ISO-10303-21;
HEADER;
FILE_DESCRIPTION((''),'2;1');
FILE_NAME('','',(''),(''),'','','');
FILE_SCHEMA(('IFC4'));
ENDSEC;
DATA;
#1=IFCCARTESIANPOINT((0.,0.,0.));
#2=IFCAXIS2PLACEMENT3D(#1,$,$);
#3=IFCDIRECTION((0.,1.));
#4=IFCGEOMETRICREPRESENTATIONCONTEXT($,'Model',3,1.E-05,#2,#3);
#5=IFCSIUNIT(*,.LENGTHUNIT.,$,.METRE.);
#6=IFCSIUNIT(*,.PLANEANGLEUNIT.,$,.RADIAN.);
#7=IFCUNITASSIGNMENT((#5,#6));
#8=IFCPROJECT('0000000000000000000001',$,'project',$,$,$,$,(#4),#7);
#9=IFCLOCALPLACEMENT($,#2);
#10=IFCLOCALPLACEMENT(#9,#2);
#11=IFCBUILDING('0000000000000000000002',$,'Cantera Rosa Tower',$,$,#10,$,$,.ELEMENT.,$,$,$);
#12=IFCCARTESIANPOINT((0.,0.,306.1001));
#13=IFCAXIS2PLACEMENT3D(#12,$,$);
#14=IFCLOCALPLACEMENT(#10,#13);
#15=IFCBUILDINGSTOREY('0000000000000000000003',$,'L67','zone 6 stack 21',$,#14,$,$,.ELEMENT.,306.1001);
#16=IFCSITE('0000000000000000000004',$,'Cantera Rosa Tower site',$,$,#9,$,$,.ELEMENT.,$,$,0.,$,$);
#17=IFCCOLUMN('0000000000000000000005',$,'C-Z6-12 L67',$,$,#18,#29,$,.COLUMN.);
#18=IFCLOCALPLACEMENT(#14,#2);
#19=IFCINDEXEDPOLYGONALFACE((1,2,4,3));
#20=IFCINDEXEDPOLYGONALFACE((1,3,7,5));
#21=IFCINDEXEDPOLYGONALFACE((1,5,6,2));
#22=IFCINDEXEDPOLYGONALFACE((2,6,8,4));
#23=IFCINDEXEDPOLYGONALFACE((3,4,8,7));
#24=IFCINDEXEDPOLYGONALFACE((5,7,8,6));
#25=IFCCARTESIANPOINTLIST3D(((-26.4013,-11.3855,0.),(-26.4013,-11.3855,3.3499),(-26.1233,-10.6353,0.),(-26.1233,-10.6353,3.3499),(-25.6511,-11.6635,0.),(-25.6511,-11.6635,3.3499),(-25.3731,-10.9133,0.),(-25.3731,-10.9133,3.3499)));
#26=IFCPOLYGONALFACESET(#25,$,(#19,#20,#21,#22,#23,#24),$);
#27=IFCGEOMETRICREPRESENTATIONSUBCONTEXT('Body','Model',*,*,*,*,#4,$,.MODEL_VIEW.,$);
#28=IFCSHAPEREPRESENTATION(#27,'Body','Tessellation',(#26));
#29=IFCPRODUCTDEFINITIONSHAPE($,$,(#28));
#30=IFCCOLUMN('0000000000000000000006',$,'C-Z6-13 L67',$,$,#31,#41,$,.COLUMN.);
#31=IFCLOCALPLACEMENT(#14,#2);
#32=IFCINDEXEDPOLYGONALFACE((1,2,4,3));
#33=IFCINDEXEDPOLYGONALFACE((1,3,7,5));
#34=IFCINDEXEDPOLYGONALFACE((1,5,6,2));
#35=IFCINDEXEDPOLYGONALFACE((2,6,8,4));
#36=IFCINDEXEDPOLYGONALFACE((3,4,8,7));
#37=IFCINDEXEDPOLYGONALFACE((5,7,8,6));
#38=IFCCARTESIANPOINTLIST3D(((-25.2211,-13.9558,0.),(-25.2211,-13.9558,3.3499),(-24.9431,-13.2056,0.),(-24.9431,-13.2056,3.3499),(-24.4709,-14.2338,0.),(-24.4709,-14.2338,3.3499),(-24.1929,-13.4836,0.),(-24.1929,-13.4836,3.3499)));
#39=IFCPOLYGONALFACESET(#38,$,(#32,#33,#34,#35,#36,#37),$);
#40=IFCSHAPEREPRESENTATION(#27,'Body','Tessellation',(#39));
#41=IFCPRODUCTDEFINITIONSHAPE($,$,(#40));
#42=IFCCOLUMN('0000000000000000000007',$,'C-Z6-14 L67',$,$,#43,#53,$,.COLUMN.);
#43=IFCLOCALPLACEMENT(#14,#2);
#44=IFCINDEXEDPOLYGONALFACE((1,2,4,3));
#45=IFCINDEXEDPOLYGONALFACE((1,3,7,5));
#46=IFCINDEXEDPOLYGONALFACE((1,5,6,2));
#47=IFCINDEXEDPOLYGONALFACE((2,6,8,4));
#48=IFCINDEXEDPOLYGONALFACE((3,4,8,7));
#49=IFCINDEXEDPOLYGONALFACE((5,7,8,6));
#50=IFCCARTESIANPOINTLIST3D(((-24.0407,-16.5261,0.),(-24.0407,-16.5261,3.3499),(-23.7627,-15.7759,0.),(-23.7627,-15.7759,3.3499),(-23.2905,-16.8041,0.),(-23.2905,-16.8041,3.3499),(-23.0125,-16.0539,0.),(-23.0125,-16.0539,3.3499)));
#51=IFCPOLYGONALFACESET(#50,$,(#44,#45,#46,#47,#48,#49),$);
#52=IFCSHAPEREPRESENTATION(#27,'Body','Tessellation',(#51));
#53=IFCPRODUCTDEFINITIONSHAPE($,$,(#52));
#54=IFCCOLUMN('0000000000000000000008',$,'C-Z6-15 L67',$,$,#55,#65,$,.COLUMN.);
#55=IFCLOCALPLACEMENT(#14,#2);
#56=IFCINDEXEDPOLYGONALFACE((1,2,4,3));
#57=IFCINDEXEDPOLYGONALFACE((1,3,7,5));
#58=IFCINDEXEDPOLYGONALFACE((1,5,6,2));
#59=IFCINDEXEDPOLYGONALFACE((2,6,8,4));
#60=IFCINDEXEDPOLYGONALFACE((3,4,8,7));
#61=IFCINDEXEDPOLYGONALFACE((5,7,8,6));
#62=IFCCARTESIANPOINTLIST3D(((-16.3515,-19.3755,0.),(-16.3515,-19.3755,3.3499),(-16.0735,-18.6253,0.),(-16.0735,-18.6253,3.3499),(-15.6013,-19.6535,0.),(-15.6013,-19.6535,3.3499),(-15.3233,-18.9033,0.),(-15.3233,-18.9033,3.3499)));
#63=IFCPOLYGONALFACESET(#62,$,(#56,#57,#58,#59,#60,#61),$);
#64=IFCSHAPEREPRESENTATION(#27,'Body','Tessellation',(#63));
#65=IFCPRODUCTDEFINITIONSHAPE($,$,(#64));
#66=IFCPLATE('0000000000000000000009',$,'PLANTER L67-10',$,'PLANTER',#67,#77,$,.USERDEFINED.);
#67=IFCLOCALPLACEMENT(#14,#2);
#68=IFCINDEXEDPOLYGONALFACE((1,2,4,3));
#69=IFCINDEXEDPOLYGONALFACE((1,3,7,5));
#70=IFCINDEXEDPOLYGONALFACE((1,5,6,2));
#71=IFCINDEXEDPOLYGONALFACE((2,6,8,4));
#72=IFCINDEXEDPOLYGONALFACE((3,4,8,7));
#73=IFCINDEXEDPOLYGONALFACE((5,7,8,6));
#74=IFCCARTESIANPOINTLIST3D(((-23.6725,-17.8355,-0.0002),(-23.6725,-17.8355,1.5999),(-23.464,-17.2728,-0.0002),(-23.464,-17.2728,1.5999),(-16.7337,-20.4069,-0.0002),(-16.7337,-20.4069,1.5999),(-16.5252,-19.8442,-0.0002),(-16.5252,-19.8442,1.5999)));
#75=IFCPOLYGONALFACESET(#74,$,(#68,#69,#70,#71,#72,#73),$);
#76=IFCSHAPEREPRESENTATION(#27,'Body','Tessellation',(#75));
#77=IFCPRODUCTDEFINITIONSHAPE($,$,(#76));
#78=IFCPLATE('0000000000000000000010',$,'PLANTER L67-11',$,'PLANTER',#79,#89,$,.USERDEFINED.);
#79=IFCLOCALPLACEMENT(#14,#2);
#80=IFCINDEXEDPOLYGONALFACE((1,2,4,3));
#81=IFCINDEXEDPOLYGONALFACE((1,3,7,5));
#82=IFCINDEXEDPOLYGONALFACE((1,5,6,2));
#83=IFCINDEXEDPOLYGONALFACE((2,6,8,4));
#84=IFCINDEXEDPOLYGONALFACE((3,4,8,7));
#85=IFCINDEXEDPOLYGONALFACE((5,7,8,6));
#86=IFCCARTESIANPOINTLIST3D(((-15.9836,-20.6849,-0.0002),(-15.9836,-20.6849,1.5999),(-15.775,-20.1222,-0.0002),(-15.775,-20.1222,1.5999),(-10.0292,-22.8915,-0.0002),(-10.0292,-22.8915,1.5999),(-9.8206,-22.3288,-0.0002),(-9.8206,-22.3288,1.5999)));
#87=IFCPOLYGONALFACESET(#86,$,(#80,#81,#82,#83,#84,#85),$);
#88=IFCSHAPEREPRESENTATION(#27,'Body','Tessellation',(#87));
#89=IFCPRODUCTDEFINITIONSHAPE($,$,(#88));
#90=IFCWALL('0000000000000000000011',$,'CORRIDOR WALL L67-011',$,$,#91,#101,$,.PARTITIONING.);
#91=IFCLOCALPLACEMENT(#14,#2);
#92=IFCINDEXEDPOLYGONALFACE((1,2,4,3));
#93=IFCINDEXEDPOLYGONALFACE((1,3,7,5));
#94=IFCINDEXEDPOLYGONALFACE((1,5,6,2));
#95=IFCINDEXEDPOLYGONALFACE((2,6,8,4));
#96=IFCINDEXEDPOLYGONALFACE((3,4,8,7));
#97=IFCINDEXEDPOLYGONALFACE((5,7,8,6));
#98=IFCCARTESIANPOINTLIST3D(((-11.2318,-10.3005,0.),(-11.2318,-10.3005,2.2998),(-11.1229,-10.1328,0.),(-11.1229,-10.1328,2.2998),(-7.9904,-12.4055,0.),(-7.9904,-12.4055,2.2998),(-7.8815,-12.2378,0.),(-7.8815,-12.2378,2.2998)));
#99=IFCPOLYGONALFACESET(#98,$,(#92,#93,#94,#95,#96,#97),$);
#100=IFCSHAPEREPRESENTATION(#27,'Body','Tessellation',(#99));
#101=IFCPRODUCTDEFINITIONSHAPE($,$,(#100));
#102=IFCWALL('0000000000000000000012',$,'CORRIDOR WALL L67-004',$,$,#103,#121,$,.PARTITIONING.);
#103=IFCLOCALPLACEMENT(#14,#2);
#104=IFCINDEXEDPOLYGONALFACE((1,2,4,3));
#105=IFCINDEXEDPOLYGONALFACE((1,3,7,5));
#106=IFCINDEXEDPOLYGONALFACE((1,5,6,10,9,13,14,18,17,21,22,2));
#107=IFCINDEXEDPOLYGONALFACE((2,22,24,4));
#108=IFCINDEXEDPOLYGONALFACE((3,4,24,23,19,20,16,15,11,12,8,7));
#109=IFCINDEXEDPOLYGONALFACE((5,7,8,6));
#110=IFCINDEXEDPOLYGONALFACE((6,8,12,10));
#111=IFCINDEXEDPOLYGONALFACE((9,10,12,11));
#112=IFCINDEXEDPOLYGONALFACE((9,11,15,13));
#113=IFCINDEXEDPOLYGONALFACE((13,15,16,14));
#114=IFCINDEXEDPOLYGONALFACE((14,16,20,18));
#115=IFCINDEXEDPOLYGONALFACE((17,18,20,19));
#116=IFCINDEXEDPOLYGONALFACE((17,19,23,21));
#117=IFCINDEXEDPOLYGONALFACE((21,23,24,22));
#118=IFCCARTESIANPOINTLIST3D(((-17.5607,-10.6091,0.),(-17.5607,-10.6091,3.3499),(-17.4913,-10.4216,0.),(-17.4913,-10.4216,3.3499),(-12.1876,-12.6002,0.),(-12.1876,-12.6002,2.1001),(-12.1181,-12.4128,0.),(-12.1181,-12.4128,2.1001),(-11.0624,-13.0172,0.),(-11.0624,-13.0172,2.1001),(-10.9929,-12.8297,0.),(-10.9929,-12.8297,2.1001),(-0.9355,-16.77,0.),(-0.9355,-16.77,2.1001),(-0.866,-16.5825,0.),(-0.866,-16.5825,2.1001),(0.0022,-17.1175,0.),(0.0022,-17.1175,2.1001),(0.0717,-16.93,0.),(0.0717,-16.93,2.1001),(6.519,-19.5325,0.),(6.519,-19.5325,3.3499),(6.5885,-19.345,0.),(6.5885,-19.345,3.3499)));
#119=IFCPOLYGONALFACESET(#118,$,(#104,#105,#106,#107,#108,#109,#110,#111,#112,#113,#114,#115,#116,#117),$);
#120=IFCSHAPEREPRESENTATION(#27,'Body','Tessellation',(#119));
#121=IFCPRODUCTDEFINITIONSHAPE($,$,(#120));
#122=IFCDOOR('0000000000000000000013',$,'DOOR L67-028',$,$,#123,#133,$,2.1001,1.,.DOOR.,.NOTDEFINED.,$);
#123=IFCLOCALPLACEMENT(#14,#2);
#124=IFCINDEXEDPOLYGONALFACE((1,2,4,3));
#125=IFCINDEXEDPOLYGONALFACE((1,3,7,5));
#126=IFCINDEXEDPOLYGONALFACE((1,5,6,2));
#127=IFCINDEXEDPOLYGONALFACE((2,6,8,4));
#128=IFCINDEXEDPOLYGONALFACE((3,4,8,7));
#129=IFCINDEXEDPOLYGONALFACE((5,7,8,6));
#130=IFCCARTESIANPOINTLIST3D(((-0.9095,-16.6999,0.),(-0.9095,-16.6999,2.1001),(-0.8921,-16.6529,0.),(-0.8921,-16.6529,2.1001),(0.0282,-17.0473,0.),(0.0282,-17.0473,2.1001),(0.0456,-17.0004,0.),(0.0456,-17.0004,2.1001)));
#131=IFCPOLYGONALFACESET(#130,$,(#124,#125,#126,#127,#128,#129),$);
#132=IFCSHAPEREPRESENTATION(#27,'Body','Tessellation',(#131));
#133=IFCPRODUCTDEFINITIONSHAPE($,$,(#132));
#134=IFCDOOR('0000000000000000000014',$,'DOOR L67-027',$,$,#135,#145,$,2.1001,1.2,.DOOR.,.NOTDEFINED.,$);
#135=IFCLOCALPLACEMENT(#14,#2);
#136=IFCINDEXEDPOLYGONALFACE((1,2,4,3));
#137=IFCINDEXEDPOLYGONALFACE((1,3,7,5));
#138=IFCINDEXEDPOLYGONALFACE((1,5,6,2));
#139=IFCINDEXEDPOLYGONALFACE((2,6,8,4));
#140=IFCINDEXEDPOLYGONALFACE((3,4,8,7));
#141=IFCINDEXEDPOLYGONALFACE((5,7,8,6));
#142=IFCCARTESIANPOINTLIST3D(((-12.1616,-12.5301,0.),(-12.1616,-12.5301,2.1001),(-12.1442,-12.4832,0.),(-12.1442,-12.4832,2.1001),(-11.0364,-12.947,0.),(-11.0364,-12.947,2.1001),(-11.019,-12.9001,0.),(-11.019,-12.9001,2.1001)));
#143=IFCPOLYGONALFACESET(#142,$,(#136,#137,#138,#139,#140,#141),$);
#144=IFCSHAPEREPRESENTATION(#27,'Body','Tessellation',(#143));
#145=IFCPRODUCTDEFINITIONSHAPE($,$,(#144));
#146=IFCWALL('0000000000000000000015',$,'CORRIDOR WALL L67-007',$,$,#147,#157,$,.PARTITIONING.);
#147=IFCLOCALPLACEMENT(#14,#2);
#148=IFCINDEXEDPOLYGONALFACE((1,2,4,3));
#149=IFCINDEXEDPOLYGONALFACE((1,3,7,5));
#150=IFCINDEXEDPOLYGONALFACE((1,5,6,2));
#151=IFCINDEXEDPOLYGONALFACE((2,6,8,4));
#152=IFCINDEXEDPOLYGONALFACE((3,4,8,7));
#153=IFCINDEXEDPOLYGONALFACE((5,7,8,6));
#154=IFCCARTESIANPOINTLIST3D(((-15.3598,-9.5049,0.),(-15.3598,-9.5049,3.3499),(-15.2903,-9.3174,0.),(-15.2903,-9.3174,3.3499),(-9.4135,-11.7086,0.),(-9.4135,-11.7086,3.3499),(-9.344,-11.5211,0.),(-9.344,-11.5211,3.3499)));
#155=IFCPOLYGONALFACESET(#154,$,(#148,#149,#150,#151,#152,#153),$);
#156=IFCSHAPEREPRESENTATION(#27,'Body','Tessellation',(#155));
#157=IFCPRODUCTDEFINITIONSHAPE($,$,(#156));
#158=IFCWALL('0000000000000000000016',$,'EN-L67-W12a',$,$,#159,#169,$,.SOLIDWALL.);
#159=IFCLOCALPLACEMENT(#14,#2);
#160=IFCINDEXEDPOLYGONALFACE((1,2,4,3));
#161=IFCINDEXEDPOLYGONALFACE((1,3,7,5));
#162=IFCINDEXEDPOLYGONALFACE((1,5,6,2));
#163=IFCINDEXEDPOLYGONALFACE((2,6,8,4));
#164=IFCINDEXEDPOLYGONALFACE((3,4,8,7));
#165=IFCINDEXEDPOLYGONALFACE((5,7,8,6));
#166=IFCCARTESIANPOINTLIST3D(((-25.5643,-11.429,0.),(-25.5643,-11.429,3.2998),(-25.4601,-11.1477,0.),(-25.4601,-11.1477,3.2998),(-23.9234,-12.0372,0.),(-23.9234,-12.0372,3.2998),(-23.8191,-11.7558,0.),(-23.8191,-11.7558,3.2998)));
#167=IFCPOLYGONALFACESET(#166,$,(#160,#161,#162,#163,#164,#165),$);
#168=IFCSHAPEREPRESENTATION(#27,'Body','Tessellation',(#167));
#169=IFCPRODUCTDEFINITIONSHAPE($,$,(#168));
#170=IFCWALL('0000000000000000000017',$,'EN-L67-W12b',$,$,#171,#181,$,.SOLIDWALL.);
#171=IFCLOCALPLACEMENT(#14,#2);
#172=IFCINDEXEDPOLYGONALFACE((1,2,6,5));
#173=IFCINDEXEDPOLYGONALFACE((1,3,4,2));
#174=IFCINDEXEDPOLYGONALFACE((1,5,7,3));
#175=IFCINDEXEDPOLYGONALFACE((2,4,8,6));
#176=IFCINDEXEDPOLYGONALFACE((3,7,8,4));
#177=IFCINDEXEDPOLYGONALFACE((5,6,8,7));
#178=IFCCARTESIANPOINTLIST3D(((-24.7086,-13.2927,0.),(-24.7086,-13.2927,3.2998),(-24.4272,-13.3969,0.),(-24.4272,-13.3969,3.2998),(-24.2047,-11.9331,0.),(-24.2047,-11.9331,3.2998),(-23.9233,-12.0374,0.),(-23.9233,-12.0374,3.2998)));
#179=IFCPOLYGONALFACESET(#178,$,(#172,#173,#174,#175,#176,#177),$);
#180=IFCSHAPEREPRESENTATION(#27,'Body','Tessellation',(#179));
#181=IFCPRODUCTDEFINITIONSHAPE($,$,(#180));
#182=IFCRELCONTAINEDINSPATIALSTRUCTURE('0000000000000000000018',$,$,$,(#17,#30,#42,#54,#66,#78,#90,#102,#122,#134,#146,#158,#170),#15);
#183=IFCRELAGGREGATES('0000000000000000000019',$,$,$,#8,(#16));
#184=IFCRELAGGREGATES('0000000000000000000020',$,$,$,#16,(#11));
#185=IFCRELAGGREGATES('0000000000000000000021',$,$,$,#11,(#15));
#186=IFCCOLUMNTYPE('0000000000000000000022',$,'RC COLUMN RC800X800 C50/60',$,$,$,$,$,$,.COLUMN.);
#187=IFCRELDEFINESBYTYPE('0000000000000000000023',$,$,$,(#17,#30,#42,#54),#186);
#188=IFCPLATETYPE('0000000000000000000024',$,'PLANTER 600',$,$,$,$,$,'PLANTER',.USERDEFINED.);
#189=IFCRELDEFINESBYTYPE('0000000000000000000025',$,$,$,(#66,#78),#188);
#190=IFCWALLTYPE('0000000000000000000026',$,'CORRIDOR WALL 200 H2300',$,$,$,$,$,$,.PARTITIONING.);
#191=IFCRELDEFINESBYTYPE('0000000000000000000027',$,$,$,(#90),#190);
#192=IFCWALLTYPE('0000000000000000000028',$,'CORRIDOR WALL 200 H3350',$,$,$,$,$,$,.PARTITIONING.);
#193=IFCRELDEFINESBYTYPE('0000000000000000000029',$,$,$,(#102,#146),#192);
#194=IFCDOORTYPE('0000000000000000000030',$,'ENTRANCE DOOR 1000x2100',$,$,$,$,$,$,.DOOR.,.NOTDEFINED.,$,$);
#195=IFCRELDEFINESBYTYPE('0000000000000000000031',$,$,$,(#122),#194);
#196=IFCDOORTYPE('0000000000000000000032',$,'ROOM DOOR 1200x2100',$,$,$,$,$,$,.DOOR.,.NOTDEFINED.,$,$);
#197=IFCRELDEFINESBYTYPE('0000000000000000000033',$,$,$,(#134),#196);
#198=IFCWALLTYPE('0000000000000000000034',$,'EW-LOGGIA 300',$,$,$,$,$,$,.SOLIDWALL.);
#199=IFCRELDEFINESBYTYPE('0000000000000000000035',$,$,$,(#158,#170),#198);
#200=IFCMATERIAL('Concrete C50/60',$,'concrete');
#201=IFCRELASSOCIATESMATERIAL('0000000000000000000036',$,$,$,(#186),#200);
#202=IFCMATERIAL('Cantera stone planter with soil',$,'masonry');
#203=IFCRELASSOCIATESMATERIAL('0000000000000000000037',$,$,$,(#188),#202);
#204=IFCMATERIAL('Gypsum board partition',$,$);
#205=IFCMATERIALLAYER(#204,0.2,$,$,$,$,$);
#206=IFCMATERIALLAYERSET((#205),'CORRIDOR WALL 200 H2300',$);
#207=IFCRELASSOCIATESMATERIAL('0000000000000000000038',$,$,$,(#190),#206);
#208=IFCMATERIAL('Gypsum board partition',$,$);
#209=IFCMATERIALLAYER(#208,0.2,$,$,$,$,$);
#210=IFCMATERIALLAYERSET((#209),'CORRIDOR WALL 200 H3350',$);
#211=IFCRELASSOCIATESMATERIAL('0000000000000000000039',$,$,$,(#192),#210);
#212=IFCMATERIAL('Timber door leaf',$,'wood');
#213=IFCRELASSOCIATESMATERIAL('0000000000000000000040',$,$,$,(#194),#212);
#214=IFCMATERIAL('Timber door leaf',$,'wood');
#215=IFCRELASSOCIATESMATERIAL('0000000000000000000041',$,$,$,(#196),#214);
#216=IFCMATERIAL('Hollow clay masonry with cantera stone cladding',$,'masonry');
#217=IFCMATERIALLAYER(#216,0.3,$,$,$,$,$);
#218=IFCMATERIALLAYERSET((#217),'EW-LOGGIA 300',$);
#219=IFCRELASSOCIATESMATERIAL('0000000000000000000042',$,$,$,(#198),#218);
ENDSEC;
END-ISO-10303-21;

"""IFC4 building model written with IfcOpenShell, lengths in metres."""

from ifc_helpers import new_model, si_unit, direction, frame, frame_2d, origin, origin_2d, place, context, subcontext, project, spatial, rectangle, extrude, material, layer, layer_set, material_profile, profile_set, type_object, element, fill, save


model = new_model("IFC4")

# Units and contexts
model_context = context("Model", 3, precision=1e-05, world=origin(), true_north=direction((0.0, 1.0)))
body_context = subcontext(model_context, "Body", "Model", "MODEL_VIEW")
ifc_project = project(units=[si_unit("LENGTHUNIT", "METRE"), si_unit("PLANEANGLEUNIT", "RADIAN")], contexts=[model_context])

# Site, building, storey
site_placement = place(None, origin())
site = spatial("IfcSite", under=ifc_project, at=site_placement, Name="Cantera Rosa Tower site", CompositionType="ELEMENT", RefElevation=0.0)
building_placement = place(site_placement, origin())
building = spatial("IfcBuilding", under=site, at=building_placement, Name="Cantera Rosa Tower", CompositionType="ELEMENT")
storey_placement = place(building_placement, frame((0.0, 0.0, 306.1001)))
storey = spatial("IfcBuildingStorey", under=building, at=storey_placement, Name="L67", Description="zone 6 stack 21", CompositionType="ELEMENT", Elevation=306.1001)

# Columns
ifc_material_1 = material(Name="Concrete C50/60", Category="concrete")
ifc_material_profile = material_profile(ifc_material_1, rectangle(XDim=0.8, YDim=0.8, at=origin_2d()), Name="RC COLUMN RC800X800 C50/60")
ifc_profile_set = profile_set([ifc_material_profile], Name="Concrete C50/60")
column_type = type_object("IfcColumnType", Name="RC COLUMN RC800X800 C50/60", PredefinedType="COLUMN", material=ifc_profile_set)
for number, where, z_axis, x_axis, name in (
    (1, (-25.8872, -11.1494, 0.0), (0.0, 0.0, 1.0), (0.347481, 0.937687, 0.0), "C-Z6-12 L67"),
    (2, (-24.707, -13.7197, 0.0), (0.0, 0.0, 1.0), (0.347481, 0.937687, 0.0), "C-Z6-13 L67"),
    (3, (-23.5266, -16.29, 0.0), (0.0, 0.0, 1.0), (0.347481, 0.937687, 0.0), "C-Z6-14 L67"),
    (4, (-15.8374, -19.1394, 0.0), (0.0, 0.0, 1.0), (0.347481, 0.937687, 0.0), "C-Z6-15 L67"),
):
    element("IfcColumn", number, at=place(storey_placement, frame(where, z_axis=z_axis, x_axis=x_axis)), inside=storey, type_object=column_type, Name=name, PredefinedType="COLUMN", context=body_context, shape_type="SweptSolid", body=[
        extrude(rectangle(XDim=0.8, YDim=0.8, at=origin_2d()), origin(), (0.0, 0.0, 1.0), 3.3499),
    ])

# Plates
ifc_material_2 = material(Name="Cantera stone planter with soil", Category="masonry")
plate_type = type_object("IfcPlateType", Name="PLANTER 600", ElementType="PLANTER", PredefinedType="USERDEFINED", material=ifc_material_2)
plate_1_placement = place(storey_placement, frame((-20.0989, -18.8398, -0.0002), z_axis=(0.0, 0.0, 1.0), x_axis=(0.937687, -0.347481, 0.0)))
element("IfcPlate", 5, at=plate_1_placement, inside=storey, type_object=plate_type, Name="PLANTER L67-10", ObjectType="PLANTER", PredefinedType="USERDEFINED", context=body_context, shape_type="SweptSolid", body=[
    extrude(rectangle(XDim=7.3999, YDim=0.6001, at=origin_2d()), origin(), (0.0, 0.0, 1.0), 1.6001),
])
plate_2_placement = place(storey_placement, frame((-12.9021, -21.5068, -0.0002), z_axis=(0.0, 0.0, 1.0), x_axis=(0.937687, -0.347481, 0.0)))
element("IfcPlate", 6, at=plate_2_placement, inside=storey, type_object=plate_type, Name="PLANTER L67-11", ObjectType="PLANTER", PredefinedType="USERDEFINED", context=body_context, shape_type="SweptSolid", body=[
    extrude(rectangle(XDim=6.3501, YDim=0.6001, at=origin_2d()), origin(), (0.0, 0.0, 1.0), 1.6001),
])

# Wall
ifc_material_3 = material(Name="Gypsum board partition")
ifc_layer_1 = layer(ifc_material_3, 0.2)
ifc_layer_set_1 = layer_set([ifc_layer_1], Name="CORRIDOR WALL 200 H2300")
wall_type_1 = type_object("IfcWallType", Name="CORRIDOR WALL 200 H2300", PredefinedType="PARTITIONING", material=ifc_layer_set_1)
wall_1_placement = place(storey_placement, frame((-11.1775, -10.2166, 0.0), z_axis=(0.0, 0.0, 1.0), x_axis=(0.838676, -0.544631, 0.0)))
element("IfcWall", 7, at=wall_1_placement, inside=storey, type_object=wall_type_1, Name="CORRIDOR WALL L67-011", PredefinedType="PARTITIONING", context=body_context, shape_type="SweptSolid", body=[
    extrude(rectangle(XDim=3.865, YDim=0.2, at=frame_2d((1.9326, 0.0))), origin(), (0.0, 0.0, 1.0), 2.2998),
])

# Wall, openings, doors
ifc_material_4 = material(Name="Gypsum board partition")
ifc_layer_2 = layer(ifc_material_4, 0.2)
ifc_layer_set_2 = layer_set([ifc_layer_2], Name="CORRIDOR WALL 200 H3350")
wall_type_2 = type_object("IfcWallType", Name="CORRIDOR WALL 200 H3350", PredefinedType="PARTITIONING", material=ifc_layer_set_2)
wall_2_placement = place(storey_placement, frame((-17.5259, -10.5154, 0.0), z_axis=(0.0, 0.0, 1.0), x_axis=(0.937686, -0.347485, 0.0)))
wall_2 = element("IfcWall", 8, at=wall_2_placement, inside=storey, type_object=wall_type_2, Name="CORRIDOR WALL L67-004", PredefinedType="PARTITIONING", context=body_context, shape_type="SweptSolid", body=[
    extrude(rectangle(XDim=25.6799, YDim=0.2, at=frame_2d((12.8398, 0.0))), origin(), (0.0, 0.0, 1.0), 3.3499),
])
opening_1_placement = place(wall_2_placement, frame((5.73, 0.0, 0.0)))
opening_1 = element("IfcOpeningElement", 9, at=opening_1_placement, cuts=wall_2, PredefinedType="OPENING", context=body_context, shape_type="SweptSolid", body=[
    extrude(rectangle(XDim=1.2, YDim=2.1001, at=frame_2d((0.6001, 1.05))), frame((0.0, 0.1099, 0.0), z_axis=(0.0, -1.0, 0.0), x_axis=(1.0, 0.0, 0.0)), (0.0, 0.0, 1.0), 0.22),
])
opening_2_placement = place(wall_2_placement, frame((17.73, 0.0, 0.0)))
opening_2 = element("IfcOpeningElement", 10, at=opening_2_placement, cuts=wall_2, PredefinedType="OPENING", context=body_context, shape_type="SweptSolid", body=[
    extrude(rectangle(XDim=1.0, YDim=2.1001, at=frame_2d((0.5, 1.05))), frame((0.0, 0.1099, 0.0), z_axis=(0.0, -1.0, 0.0), x_axis=(1.0, 0.0, 0.0)), (0.0, 0.0, 1.0), 0.22),
])
ifc_material_5 = material(Name="Timber door leaf", Category="wood")
door_type_1 = type_object("IfcDoorType", Name="ENTRANCE DOOR 1000x2100", OperationType="NOTDEFINED", PredefinedType="DOOR", material=ifc_material_5)
door_1_placement = place(opening_2_placement, origin())
door_1 = element("IfcDoor", 11, at=door_1_placement, inside=storey, type_object=door_type_1, Name="DOOR L67-028", OperationType="NOTDEFINED", OverallHeight=2.1001, OverallWidth=1.0, PredefinedType="DOOR", context=body_context, shape_type="SweptSolid", body=[
    extrude(rectangle(XDim=1.0, YDim=2.1001, at=frame_2d((0.5, 1.05))), frame((0.0, 0.0249, 0.0), z_axis=(0.0, -1.0, 0.0), x_axis=(1.0, 0.0, 0.0)), (0.0, 0.0, 1.0), 0.05),
])
fill(opening_2, door_1)
ifc_material_6 = material(Name="Timber door leaf", Category="wood")
door_type_2 = type_object("IfcDoorType", Name="ROOM DOOR 1200x2100", OperationType="NOTDEFINED", PredefinedType="DOOR", material=ifc_material_6)
door_2_placement = place(opening_1_placement, origin())
door_2 = element("IfcDoor", 12, at=door_2_placement, inside=storey, type_object=door_type_2, Name="DOOR L67-027", OperationType="NOTDEFINED", OverallHeight=2.1001, OverallWidth=1.2, PredefinedType="DOOR", context=body_context, shape_type="SweptSolid", body=[
    extrude(rectangle(XDim=1.2, YDim=2.1001, at=frame_2d((0.6001, 1.05))), frame((0.0, 0.0249, 0.0), z_axis=(0.0, -1.0, 0.0), x_axis=(1.0, 0.0, 0.0)), (0.0, 0.0, 1.0), 0.05),
])
fill(opening_1, door_2)

# Walls
wall_3_placement = place(storey_placement, frame((-15.3252, -9.4111, 0.0), z_axis=(0.0, 0.0, 1.0), x_axis=(0.937683, -0.347492, 0.0)))
element("IfcWall", 13, at=wall_3_placement, inside=storey, type_object=wall_type_2, Name="CORRIDOR WALL L67-007", PredefinedType="PARTITIONING", context=body_context, shape_type="SweptSolid", body=[
    extrude(rectangle(XDim=6.3416, YDim=0.2, at=frame_2d((3.1709, 0.0))), origin(), (0.0, 0.0, 1.0), 3.3499),
])
ifc_material_7 = material(Name="Hollow clay masonry with cantera stone cladding", Category="masonry")
ifc_layer_3 = layer(ifc_material_7, 0.3)
ifc_layer_set_3 = layer_set([ifc_layer_3], Name="EW-LOGGIA 300")
wall_type_3 = type_object("IfcWallType", Name="EW-LOGGIA 300", PredefinedType="SOLIDWALL", material=ifc_layer_set_3)
wall_4_placement = place(storey_placement, frame((-25.5122, -11.2883, 0.0), z_axis=(0.0, 0.0, 1.0), x_axis=(0.93767, -0.347528, 0.0)))
element("IfcWall", 14, at=wall_4_placement, inside=storey, type_object=wall_type_3, Name="EN-L67-W12a", PredefinedType="SOLIDWALL", context=body_context, shape_type="SweptSolid", body=[
    extrude(rectangle(XDim=1.75, YDim=0.3, at=frame_2d((0.875, 0.0))), origin(), (0.0, 0.0, 1.0), 3.2998),
])
wall_5_placement = place(storey_placement, frame((-24.064, -11.9851, 0.0), z_axis=(0.0, 0.0, 1.0), x_axis=(-0.347523, -0.937672, 0.0)))
element("IfcWall", 15, at=wall_5_placement, inside=storey, type_object=wall_type_3, Name="EN-L67-W12b", PredefinedType="SOLIDWALL", context=body_context, shape_type="SweptSolid", body=[
    extrude(rectangle(XDim=1.45, YDim=0.3, at=frame_2d((0.7251, 0.0))), origin(), (0.0, 0.0, 1.0), 3.2998),
])

save(model, "model.ifc")
